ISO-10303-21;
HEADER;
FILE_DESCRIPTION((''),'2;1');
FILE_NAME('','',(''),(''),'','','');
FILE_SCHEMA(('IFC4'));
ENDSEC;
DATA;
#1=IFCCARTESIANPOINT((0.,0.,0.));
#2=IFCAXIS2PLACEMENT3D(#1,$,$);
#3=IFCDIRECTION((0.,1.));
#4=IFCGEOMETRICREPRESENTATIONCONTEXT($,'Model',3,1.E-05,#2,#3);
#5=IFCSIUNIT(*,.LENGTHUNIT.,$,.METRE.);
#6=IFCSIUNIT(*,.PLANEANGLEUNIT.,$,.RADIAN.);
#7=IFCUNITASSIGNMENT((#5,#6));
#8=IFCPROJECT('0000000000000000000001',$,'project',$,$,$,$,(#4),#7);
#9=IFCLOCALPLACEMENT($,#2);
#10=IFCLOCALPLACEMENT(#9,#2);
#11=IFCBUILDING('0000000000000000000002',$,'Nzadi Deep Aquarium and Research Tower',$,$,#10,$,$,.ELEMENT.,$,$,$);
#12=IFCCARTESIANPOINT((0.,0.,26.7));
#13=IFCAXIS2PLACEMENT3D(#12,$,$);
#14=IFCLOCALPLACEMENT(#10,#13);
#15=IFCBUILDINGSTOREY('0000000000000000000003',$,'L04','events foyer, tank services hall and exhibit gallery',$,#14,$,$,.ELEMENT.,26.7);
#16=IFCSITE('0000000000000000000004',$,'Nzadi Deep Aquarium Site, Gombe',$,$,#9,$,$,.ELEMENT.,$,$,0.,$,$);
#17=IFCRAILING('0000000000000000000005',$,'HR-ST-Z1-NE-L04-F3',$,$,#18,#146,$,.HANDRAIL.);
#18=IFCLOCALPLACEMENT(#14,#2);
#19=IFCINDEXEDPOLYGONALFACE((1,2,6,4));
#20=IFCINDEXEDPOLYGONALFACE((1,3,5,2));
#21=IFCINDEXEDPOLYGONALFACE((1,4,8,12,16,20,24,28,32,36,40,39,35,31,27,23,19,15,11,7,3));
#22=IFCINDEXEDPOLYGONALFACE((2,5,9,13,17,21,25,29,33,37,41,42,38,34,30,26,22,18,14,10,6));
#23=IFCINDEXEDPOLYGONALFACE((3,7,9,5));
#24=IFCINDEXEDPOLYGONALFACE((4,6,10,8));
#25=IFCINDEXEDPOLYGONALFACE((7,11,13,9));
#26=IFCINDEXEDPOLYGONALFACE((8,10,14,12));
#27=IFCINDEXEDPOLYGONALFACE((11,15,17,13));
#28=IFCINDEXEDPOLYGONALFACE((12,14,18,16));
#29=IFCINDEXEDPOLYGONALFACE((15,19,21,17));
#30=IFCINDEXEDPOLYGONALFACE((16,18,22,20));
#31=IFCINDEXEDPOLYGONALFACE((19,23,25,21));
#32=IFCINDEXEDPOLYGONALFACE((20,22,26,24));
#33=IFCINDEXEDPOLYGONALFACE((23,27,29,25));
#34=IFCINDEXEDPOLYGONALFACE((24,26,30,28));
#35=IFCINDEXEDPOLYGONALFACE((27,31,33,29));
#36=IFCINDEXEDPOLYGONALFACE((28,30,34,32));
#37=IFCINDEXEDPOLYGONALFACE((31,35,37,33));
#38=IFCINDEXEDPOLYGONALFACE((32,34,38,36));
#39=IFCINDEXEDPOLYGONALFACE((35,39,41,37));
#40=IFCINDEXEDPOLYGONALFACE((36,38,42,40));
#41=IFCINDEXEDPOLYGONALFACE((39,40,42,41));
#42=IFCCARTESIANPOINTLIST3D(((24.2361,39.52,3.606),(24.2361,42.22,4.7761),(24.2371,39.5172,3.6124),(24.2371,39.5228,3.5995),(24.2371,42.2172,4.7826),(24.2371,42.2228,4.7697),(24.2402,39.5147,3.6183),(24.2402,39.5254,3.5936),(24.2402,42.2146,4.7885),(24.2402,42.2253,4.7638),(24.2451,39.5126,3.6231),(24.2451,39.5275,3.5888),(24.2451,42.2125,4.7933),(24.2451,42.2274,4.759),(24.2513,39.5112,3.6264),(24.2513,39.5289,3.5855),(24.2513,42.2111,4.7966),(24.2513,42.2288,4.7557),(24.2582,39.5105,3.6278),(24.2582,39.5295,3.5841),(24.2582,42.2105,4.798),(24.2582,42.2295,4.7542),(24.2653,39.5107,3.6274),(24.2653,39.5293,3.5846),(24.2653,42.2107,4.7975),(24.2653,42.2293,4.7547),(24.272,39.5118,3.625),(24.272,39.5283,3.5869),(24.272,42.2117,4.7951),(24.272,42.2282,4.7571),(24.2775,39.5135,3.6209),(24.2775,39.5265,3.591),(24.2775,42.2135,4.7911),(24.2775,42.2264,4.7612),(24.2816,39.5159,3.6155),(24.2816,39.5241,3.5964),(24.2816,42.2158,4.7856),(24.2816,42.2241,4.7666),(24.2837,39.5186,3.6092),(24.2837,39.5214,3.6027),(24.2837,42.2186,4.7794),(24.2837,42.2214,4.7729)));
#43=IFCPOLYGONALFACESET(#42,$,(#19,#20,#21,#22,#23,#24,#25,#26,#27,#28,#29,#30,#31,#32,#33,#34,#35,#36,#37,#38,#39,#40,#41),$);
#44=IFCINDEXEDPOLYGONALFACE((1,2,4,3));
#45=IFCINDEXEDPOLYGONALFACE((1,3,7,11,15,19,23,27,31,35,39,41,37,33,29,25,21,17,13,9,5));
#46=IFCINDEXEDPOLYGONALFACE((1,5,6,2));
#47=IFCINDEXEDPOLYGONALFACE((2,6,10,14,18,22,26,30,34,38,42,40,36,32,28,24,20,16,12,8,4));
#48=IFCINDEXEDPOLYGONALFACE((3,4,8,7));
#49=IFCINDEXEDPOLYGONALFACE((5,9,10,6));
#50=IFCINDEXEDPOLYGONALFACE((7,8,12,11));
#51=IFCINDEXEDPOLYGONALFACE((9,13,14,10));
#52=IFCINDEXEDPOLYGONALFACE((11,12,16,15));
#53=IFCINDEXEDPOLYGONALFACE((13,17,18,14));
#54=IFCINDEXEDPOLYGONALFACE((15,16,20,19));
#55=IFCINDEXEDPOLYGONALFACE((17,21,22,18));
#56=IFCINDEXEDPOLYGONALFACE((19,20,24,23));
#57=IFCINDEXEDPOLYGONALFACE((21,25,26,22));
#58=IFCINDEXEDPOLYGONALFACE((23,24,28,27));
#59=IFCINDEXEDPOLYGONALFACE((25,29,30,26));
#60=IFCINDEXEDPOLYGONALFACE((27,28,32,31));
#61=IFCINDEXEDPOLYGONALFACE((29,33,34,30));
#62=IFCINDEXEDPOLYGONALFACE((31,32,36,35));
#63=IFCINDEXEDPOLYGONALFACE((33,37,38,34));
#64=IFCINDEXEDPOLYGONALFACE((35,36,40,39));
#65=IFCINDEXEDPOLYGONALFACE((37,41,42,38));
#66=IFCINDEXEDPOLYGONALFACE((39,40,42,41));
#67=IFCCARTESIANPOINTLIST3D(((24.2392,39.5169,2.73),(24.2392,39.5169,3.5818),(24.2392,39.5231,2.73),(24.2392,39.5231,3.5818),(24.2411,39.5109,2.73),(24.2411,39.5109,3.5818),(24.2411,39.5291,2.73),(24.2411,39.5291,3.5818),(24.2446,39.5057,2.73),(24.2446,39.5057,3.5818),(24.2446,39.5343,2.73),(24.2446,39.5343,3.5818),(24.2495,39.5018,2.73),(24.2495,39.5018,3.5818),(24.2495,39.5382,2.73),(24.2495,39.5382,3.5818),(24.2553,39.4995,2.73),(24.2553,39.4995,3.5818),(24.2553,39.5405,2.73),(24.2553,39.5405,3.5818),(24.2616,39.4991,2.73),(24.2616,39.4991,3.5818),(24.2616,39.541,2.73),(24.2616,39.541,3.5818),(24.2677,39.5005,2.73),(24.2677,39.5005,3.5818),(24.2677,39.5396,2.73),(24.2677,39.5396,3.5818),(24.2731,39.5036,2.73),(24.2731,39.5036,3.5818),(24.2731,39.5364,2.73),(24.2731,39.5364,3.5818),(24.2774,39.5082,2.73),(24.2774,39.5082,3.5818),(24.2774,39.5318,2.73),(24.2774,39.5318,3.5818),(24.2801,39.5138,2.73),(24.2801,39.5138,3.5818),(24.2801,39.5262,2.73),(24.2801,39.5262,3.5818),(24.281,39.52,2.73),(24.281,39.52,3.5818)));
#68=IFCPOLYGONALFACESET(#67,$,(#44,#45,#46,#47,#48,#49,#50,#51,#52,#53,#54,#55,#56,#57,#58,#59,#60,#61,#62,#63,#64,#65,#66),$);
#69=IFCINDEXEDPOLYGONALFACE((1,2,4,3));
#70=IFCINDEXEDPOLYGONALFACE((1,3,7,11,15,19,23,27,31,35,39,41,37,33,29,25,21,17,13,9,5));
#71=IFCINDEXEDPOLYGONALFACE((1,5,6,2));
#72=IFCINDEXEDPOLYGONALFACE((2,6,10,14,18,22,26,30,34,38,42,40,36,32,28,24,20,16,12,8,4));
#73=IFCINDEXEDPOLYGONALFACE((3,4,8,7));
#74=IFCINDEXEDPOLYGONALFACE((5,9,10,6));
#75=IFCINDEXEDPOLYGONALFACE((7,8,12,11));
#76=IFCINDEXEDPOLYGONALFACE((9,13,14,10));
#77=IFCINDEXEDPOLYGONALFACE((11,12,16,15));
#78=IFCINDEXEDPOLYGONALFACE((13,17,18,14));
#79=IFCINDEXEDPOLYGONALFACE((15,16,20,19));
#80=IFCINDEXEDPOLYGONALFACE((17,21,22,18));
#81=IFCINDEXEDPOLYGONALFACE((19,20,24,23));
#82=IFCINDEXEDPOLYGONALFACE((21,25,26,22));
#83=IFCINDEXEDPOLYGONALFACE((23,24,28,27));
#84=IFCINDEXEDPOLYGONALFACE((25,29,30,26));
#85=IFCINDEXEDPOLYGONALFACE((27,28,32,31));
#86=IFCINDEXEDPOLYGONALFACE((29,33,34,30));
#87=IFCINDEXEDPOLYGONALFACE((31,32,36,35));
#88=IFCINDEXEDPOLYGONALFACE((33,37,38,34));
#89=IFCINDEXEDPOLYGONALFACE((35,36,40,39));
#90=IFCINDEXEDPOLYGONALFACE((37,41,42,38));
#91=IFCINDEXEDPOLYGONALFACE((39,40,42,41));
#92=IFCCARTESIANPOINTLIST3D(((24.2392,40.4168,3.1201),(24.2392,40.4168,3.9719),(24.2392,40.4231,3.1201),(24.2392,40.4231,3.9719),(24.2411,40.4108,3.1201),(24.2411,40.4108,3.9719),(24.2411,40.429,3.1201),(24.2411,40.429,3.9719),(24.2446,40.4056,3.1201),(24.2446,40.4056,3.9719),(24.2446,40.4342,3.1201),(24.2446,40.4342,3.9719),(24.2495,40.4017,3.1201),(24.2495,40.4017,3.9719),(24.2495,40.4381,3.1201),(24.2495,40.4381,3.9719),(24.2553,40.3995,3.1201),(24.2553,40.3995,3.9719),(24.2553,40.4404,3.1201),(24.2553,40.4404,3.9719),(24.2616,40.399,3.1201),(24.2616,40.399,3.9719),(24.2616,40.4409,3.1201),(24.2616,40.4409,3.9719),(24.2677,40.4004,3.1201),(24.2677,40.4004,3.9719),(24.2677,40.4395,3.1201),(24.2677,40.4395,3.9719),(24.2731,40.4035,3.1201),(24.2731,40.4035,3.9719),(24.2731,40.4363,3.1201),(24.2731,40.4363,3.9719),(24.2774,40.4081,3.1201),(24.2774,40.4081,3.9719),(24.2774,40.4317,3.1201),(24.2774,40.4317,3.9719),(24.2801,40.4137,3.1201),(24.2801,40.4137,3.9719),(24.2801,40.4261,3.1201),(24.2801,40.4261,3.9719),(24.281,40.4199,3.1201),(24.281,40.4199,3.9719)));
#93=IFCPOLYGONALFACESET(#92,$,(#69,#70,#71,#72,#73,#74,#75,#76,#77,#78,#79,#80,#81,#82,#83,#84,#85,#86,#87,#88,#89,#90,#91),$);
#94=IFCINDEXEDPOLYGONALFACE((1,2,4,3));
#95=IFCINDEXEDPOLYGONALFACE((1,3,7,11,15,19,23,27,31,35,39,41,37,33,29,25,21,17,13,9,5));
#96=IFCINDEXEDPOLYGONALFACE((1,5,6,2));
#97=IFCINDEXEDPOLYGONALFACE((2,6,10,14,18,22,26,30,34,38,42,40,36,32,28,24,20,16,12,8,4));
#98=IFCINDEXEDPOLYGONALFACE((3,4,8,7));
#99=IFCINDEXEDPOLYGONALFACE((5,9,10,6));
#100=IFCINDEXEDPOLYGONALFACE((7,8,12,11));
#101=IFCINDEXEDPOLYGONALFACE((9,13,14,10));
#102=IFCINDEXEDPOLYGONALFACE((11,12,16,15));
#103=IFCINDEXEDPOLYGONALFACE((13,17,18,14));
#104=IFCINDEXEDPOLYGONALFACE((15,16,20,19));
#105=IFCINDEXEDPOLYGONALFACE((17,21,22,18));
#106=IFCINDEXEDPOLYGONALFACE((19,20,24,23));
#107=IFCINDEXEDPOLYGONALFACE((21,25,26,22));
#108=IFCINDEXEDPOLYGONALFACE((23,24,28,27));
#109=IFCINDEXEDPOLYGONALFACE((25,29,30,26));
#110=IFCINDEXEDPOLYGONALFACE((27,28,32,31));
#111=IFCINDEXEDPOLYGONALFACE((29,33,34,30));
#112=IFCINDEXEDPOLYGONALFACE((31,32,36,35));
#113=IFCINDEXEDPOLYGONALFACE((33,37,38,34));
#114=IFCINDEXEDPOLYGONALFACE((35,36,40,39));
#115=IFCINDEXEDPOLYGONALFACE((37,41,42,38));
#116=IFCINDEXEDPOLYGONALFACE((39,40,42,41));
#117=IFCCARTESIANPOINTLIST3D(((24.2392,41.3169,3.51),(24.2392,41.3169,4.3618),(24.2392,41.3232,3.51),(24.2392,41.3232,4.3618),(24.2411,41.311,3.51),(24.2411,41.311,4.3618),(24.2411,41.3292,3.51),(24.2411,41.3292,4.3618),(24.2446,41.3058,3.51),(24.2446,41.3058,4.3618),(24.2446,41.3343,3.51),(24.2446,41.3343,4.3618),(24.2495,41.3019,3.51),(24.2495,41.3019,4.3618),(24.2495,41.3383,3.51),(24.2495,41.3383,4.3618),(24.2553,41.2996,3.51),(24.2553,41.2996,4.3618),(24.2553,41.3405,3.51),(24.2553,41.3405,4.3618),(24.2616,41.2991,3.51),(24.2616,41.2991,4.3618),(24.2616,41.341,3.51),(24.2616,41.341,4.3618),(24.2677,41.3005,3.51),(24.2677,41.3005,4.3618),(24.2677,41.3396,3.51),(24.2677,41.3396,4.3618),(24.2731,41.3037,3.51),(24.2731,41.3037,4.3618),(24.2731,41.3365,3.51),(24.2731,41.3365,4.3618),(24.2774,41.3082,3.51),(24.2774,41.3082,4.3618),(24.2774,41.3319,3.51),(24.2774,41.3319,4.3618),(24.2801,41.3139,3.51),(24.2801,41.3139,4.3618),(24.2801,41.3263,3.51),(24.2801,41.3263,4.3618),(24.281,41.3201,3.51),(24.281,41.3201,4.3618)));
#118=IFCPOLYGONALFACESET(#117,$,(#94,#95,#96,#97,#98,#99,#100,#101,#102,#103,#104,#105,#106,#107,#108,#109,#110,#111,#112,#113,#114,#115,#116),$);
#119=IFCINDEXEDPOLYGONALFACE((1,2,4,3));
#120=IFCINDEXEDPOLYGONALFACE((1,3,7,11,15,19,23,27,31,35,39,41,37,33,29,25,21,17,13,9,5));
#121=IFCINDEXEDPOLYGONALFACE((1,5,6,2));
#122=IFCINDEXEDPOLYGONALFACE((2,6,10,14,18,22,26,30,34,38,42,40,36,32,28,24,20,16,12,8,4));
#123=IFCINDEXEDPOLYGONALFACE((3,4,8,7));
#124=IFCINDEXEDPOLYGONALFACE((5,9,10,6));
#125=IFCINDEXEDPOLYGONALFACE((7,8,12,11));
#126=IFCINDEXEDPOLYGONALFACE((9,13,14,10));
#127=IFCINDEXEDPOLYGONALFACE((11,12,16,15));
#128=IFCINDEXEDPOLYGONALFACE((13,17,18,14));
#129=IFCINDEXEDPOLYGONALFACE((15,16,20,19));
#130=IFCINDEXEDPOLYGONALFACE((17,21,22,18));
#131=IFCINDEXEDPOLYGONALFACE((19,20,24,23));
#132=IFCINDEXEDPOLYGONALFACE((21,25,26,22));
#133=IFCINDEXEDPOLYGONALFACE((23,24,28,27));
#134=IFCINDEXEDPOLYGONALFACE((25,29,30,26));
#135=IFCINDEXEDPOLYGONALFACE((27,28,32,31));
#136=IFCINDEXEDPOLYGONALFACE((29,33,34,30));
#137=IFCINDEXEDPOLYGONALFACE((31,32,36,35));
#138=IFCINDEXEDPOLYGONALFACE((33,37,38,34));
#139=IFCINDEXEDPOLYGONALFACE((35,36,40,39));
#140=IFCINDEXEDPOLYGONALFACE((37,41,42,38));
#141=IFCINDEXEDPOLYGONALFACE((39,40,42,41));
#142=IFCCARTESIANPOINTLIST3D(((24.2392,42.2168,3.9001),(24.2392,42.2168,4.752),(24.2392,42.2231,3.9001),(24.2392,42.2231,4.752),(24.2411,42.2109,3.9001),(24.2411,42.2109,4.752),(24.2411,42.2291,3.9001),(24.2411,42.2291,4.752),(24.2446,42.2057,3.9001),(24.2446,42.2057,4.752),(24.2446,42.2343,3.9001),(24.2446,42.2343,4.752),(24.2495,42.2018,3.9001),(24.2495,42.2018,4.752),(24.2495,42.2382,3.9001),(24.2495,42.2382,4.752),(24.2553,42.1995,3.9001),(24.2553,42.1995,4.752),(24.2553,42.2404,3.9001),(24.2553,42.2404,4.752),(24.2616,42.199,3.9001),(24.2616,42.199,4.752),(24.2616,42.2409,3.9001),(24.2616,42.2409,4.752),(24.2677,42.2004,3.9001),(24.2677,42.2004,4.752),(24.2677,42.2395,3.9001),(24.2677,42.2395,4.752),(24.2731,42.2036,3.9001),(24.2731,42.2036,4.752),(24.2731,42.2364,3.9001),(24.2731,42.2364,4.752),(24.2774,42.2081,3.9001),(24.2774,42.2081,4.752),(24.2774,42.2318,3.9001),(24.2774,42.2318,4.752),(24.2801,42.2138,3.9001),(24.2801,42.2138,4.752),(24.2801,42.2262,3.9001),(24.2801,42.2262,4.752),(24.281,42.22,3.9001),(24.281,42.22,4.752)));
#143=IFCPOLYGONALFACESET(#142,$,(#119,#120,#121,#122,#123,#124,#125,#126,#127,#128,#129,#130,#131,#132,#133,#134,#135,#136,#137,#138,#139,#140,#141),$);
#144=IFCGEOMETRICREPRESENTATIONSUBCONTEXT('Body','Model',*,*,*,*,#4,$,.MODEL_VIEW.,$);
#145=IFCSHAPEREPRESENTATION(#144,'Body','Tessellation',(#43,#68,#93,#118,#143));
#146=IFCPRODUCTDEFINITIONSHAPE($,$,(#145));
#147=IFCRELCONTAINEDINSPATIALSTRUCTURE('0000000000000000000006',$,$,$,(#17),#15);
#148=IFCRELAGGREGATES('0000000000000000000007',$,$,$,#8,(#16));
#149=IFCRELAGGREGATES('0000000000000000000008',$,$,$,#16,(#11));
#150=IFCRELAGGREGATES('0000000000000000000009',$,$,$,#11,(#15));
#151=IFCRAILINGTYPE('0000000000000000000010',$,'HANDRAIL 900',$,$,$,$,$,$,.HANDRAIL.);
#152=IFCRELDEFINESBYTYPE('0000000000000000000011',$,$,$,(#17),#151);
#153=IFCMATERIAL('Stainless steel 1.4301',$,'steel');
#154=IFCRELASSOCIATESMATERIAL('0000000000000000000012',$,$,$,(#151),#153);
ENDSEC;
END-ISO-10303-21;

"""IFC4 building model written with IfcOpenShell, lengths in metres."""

from ifc_helpers import new_model, si_unit, direction, frame, origin, origin_2d, place, context, subcontext, project, spatial, circle, extrude, material, type_object, element, save


model = new_model("IFC4")

# Units and contexts
model_context = context("Model", 3, precision=1e-05, world=origin(), true_north=direction((0.0, 1.0)))
body_context = subcontext(model_context, "Body", "Model", "MODEL_VIEW")
ifc_project = project(units=[si_unit("LENGTHUNIT", "METRE"), si_unit("PLANEANGLEUNIT", "RADIAN")], contexts=[model_context])

# Site, building, storey
site_placement = place(None, origin())
site = spatial("IfcSite", under=ifc_project, at=site_placement, Name="Nzadi Deep Aquarium Site, Gombe", CompositionType="ELEMENT", RefElevation=0.0)
building_placement = place(site_placement, origin())
building = spatial("IfcBuilding", under=site, at=building_placement, Name="Nzadi Deep Aquarium and Research Tower", CompositionType="ELEMENT")
storey_placement = place(building_placement, frame((0.0, 0.0, 26.7)))
storey = spatial("IfcBuildingStorey", under=building, at=storey_placement, Name="L04", Description="events foyer, tank services hall and exhibit gallery", CompositionType="ELEMENT", Elevation=26.7)

# Railing
ifc_material_1 = material(Name="Stainless steel 1.4301", Category="steel")
railing_type = type_object("IfcRailingType", Name="HANDRAIL 900", PredefinedType="HANDRAIL", material=ifc_material_1)
railing_1_placement = place(storey_placement, frame((24.26, 39.52, 2.73)))
element("IfcRailing", 1, at=railing_1_placement, inside=storey, type_object=railing_type, Name="HR-ST-Z1-NE-L04-F3", PredefinedType="HANDRAIL", context=body_context, shape_type="SweptSolid", body=[
    extrude(circle(Radius=0.0239, at=origin_2d()), frame((0.0, 0.0, 0.876), z_axis=(0.0, 0.917532, 0.397661), x_axis=(-1.0, 0.0, 0.0)), (0.0, 0.0, 1.0), 2.9426),
    extrude(circle(Radius=0.021, at=origin_2d()), origin(), (0.0, 0.0, 1.0), 0.8518),
    extrude(circle(Radius=0.021, at=origin_2d()), frame((0.0, 0.8999, 0.3901)), (0.0, 0.0, 1.0), 0.8518),
    extrude(circle(Radius=0.021, at=origin_2d()), frame((0.0, 1.8, 0.78)), (0.0, 0.0, 1.0), 0.8518),
    extrude(circle(Radius=0.021, at=origin_2d()), frame((0.0, 2.7, 1.1702)), (0.0, 0.0, 1.0), 0.8518),
])

save(model, "model.ifc")
